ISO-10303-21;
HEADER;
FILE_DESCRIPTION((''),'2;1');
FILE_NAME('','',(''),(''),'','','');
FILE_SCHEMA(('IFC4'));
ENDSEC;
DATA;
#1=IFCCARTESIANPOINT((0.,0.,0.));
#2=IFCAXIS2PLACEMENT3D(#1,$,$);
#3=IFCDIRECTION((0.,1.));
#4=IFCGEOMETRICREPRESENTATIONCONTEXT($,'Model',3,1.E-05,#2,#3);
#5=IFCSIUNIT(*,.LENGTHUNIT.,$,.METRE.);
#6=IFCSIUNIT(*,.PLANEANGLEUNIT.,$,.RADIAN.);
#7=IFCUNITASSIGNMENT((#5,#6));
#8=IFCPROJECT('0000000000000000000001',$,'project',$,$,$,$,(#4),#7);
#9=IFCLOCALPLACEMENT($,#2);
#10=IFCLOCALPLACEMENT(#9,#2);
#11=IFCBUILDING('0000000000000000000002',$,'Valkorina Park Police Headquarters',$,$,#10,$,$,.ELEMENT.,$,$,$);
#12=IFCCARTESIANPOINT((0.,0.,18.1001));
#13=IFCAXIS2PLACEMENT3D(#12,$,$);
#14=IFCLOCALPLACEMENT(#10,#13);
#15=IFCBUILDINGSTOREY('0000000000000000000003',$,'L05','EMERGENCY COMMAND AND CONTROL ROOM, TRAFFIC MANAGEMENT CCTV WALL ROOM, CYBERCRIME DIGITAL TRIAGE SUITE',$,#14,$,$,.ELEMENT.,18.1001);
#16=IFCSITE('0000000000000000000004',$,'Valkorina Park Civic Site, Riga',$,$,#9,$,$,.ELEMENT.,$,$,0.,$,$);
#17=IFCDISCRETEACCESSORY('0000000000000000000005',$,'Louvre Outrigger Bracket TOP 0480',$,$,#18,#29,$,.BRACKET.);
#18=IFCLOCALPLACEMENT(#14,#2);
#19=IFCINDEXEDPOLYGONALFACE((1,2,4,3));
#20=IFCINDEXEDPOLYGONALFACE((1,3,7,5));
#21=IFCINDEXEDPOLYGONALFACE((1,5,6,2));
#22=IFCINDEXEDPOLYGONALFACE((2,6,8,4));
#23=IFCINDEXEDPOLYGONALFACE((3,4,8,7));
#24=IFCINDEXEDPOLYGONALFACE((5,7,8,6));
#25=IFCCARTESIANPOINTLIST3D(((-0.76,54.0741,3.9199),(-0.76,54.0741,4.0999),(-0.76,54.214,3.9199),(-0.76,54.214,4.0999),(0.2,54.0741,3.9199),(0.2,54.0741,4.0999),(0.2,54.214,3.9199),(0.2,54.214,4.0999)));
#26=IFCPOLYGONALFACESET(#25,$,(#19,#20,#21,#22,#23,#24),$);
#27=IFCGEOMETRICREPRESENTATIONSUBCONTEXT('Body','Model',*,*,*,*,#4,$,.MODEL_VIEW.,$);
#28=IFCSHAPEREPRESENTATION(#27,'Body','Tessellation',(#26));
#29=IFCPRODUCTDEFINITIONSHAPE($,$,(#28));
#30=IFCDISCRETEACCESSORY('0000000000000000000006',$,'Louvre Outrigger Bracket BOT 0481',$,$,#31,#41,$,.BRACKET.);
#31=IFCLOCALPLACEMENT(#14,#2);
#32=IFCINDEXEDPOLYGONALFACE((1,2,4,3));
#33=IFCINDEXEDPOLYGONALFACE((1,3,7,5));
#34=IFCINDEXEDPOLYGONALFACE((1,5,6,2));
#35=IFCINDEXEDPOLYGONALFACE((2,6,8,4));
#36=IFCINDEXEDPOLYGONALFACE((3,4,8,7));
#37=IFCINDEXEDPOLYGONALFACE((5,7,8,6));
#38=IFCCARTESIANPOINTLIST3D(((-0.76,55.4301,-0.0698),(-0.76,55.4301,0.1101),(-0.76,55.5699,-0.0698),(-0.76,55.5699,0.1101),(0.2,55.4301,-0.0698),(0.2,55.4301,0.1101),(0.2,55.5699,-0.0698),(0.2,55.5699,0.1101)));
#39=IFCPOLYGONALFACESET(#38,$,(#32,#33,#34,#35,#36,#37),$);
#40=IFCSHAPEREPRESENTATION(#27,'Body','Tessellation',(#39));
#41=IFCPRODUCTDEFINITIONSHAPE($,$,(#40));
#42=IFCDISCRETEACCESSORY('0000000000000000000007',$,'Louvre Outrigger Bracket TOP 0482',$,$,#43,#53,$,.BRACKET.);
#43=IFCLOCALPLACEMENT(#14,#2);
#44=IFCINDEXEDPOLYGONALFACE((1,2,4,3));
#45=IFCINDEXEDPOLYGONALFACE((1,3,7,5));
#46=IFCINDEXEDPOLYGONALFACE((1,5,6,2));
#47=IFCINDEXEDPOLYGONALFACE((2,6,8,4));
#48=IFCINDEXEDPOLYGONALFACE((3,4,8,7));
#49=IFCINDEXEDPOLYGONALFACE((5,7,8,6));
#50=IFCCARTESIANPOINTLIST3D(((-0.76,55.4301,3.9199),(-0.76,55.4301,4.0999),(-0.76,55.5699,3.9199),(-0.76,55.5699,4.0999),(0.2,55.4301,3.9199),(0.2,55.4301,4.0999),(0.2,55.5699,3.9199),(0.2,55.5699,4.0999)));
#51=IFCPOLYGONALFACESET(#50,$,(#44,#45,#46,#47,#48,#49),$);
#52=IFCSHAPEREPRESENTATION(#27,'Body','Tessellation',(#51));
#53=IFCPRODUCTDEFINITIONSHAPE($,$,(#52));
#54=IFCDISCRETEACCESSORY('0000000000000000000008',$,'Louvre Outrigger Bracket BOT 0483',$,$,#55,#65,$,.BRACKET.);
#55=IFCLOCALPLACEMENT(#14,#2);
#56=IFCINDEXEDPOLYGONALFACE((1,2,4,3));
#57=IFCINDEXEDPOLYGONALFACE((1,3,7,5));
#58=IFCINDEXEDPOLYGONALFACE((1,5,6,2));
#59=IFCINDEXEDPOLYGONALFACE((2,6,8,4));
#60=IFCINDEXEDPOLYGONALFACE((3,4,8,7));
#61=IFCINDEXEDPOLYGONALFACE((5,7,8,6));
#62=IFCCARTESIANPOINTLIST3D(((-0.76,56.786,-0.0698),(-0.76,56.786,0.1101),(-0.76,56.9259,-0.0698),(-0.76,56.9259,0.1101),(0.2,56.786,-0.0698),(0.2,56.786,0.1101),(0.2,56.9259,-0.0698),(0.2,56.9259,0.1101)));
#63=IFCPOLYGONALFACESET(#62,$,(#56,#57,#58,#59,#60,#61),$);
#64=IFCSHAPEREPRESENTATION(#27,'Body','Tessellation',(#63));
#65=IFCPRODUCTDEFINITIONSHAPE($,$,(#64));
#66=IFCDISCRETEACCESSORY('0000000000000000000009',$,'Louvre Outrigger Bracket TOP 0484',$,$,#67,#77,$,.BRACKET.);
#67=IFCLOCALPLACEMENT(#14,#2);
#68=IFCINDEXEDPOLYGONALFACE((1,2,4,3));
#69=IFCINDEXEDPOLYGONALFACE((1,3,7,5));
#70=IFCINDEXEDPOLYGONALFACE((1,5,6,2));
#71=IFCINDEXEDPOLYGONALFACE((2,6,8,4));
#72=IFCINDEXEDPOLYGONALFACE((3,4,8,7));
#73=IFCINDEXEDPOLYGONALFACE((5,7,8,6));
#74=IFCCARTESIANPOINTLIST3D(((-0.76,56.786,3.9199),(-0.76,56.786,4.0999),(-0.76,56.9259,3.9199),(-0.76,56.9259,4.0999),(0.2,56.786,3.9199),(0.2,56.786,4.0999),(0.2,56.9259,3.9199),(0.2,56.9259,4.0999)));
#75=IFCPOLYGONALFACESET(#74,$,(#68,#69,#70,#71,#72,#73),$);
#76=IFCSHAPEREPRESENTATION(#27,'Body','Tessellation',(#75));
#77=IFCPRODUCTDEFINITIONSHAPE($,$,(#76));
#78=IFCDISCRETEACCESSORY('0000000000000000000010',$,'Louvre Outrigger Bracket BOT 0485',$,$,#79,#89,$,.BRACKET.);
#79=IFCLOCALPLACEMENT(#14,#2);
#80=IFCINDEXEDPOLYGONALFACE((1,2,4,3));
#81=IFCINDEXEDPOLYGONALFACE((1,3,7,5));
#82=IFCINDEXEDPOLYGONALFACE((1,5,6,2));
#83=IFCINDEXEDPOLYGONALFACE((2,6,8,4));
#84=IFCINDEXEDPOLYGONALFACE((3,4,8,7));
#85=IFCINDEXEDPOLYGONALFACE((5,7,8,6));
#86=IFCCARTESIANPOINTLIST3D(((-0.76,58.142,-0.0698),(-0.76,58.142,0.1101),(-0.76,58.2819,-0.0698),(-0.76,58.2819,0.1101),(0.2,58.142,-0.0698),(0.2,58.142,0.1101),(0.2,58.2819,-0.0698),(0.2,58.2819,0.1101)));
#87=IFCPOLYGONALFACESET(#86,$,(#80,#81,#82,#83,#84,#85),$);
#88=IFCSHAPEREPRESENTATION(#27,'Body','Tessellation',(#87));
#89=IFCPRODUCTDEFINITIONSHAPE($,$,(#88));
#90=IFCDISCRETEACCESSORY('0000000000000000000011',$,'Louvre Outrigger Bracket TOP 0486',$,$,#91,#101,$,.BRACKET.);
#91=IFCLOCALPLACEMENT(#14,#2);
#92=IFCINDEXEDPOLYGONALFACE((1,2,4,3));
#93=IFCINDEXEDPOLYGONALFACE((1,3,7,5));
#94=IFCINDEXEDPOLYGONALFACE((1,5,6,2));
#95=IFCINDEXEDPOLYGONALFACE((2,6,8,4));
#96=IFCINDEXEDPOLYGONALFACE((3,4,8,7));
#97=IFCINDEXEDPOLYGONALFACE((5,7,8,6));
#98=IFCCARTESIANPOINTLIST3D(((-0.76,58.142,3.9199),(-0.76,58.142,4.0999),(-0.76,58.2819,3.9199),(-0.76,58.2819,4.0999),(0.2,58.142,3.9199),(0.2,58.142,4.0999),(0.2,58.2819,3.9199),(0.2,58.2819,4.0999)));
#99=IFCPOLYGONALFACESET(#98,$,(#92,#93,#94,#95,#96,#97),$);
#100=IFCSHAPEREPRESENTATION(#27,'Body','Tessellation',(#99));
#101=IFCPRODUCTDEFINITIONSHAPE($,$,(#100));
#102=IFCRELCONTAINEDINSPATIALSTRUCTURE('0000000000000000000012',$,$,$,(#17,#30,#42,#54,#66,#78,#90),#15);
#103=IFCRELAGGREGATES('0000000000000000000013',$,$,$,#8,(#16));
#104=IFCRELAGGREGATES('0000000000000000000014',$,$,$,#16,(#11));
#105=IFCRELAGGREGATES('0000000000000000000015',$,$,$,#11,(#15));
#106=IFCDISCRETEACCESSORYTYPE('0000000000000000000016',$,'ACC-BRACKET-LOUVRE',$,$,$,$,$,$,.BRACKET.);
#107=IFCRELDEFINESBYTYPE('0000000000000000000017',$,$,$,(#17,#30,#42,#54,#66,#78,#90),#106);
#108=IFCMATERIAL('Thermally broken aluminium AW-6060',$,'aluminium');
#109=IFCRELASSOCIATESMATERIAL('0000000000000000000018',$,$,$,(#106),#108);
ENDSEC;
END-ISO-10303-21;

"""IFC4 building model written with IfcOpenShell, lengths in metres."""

from ifc_helpers import new_model, si_unit, direction, frame, origin, origin_2d, place, context, subcontext, project, spatial, rectangle, extrude, material, type_object, element, save


model = new_model("IFC4")

# Units and contexts
model_context = context("Model", 3, precision=1e-05, world=origin(), true_north=direction((0.0, 1.0)))
body_context = subcontext(model_context, "Body", "Model", "MODEL_VIEW")
ifc_project = project(units=[si_unit("LENGTHUNIT", "METRE"), si_unit("PLANEANGLEUNIT", "RADIAN")], contexts=[model_context])

# Site, building, storey
site_placement = place(None, origin())
site = spatial("IfcSite", under=ifc_project, at=site_placement, Name="Valkorina Park Civic Site, Riga", CompositionType="ELEMENT", RefElevation=0.0)
building_placement = place(site_placement, origin())
building = spatial("IfcBuilding", under=site, at=building_placement, Name="Valkorina Park Police Headquarters", CompositionType="ELEMENT")
storey_placement = place(building_placement, frame((0.0, 0.0, 18.1001)))
storey = spatial("IfcBuildingStorey", under=building, at=storey_placement, Name="L05", Description="EMERGENCY COMMAND AND CONTROL ROOM, TRAFFIC MANAGEMENT CCTV WALL ROOM, CYBERCRIME DIGITAL TRIAGE SUITE", CompositionType="ELEMENT", Elevation=18.1001)

# Shared definitions
ifc_material_1 = material(Name="Thermally broken aluminium AW-6060", Category="aluminium")

# Discrete accessories
discrete_accessory_type = type_object("IfcDiscreteAccessoryType", Name="ACC-BRACKET-LOUVRE", PredefinedType="BRACKET", material=ifc_material_1)
for number, where, z_axis, x_axis, name in (
    (1, (-0.28, 54.144, 3.9199), (0.0, 0.0, 1.0), (-1.0, 0.0, 0.0), "Louvre Outrigger Bracket TOP 0480"),
    (2, (-0.28, 55.5, -0.0698), (0.0, 0.0, 1.0), (-1.0, 0.0, 0.0), "Louvre Outrigger Bracket BOT 0481"),
    (3, (-0.28, 55.5, 3.9199), (0.0, 0.0, 1.0), (-1.0, 0.0, 0.0), "Louvre Outrigger Bracket TOP 0482"),
    (4, (-0.28, 56.856, -0.0698), (0.0, 0.0, 1.0), (-1.0, 0.0, 0.0), "Louvre Outrigger Bracket BOT 0483"),
    (5, (-0.28, 56.856, 3.9199), (0.0, 0.0, 1.0), (-1.0, 0.0, 0.0), "Louvre Outrigger Bracket TOP 0484"),
    (6, (-0.28, 58.2119, -0.0698), (0.0, 0.0, 1.0), (-1.0, 0.0, 0.0), "Louvre Outrigger Bracket BOT 0485"),
    (7, (-0.28, 58.2119, 3.9199), (0.0, 0.0, 1.0), (-1.0, 0.0, 0.0), "Louvre Outrigger Bracket TOP 0486"),
):
    element("IfcDiscreteAccessory", number, at=place(storey_placement, frame(where, z_axis=z_axis, x_axis=x_axis)), inside=storey, type_object=discrete_accessory_type, Name=name, PredefinedType="BRACKET", context=body_context, shape_type="SweptSolid", body=[
        extrude(rectangle(XDim=0.96, YDim=0.1399, at=origin_2d()), origin(), (0.0, 0.0, 1.0), 0.1799),
    ])

save(model, "model.ifc")
